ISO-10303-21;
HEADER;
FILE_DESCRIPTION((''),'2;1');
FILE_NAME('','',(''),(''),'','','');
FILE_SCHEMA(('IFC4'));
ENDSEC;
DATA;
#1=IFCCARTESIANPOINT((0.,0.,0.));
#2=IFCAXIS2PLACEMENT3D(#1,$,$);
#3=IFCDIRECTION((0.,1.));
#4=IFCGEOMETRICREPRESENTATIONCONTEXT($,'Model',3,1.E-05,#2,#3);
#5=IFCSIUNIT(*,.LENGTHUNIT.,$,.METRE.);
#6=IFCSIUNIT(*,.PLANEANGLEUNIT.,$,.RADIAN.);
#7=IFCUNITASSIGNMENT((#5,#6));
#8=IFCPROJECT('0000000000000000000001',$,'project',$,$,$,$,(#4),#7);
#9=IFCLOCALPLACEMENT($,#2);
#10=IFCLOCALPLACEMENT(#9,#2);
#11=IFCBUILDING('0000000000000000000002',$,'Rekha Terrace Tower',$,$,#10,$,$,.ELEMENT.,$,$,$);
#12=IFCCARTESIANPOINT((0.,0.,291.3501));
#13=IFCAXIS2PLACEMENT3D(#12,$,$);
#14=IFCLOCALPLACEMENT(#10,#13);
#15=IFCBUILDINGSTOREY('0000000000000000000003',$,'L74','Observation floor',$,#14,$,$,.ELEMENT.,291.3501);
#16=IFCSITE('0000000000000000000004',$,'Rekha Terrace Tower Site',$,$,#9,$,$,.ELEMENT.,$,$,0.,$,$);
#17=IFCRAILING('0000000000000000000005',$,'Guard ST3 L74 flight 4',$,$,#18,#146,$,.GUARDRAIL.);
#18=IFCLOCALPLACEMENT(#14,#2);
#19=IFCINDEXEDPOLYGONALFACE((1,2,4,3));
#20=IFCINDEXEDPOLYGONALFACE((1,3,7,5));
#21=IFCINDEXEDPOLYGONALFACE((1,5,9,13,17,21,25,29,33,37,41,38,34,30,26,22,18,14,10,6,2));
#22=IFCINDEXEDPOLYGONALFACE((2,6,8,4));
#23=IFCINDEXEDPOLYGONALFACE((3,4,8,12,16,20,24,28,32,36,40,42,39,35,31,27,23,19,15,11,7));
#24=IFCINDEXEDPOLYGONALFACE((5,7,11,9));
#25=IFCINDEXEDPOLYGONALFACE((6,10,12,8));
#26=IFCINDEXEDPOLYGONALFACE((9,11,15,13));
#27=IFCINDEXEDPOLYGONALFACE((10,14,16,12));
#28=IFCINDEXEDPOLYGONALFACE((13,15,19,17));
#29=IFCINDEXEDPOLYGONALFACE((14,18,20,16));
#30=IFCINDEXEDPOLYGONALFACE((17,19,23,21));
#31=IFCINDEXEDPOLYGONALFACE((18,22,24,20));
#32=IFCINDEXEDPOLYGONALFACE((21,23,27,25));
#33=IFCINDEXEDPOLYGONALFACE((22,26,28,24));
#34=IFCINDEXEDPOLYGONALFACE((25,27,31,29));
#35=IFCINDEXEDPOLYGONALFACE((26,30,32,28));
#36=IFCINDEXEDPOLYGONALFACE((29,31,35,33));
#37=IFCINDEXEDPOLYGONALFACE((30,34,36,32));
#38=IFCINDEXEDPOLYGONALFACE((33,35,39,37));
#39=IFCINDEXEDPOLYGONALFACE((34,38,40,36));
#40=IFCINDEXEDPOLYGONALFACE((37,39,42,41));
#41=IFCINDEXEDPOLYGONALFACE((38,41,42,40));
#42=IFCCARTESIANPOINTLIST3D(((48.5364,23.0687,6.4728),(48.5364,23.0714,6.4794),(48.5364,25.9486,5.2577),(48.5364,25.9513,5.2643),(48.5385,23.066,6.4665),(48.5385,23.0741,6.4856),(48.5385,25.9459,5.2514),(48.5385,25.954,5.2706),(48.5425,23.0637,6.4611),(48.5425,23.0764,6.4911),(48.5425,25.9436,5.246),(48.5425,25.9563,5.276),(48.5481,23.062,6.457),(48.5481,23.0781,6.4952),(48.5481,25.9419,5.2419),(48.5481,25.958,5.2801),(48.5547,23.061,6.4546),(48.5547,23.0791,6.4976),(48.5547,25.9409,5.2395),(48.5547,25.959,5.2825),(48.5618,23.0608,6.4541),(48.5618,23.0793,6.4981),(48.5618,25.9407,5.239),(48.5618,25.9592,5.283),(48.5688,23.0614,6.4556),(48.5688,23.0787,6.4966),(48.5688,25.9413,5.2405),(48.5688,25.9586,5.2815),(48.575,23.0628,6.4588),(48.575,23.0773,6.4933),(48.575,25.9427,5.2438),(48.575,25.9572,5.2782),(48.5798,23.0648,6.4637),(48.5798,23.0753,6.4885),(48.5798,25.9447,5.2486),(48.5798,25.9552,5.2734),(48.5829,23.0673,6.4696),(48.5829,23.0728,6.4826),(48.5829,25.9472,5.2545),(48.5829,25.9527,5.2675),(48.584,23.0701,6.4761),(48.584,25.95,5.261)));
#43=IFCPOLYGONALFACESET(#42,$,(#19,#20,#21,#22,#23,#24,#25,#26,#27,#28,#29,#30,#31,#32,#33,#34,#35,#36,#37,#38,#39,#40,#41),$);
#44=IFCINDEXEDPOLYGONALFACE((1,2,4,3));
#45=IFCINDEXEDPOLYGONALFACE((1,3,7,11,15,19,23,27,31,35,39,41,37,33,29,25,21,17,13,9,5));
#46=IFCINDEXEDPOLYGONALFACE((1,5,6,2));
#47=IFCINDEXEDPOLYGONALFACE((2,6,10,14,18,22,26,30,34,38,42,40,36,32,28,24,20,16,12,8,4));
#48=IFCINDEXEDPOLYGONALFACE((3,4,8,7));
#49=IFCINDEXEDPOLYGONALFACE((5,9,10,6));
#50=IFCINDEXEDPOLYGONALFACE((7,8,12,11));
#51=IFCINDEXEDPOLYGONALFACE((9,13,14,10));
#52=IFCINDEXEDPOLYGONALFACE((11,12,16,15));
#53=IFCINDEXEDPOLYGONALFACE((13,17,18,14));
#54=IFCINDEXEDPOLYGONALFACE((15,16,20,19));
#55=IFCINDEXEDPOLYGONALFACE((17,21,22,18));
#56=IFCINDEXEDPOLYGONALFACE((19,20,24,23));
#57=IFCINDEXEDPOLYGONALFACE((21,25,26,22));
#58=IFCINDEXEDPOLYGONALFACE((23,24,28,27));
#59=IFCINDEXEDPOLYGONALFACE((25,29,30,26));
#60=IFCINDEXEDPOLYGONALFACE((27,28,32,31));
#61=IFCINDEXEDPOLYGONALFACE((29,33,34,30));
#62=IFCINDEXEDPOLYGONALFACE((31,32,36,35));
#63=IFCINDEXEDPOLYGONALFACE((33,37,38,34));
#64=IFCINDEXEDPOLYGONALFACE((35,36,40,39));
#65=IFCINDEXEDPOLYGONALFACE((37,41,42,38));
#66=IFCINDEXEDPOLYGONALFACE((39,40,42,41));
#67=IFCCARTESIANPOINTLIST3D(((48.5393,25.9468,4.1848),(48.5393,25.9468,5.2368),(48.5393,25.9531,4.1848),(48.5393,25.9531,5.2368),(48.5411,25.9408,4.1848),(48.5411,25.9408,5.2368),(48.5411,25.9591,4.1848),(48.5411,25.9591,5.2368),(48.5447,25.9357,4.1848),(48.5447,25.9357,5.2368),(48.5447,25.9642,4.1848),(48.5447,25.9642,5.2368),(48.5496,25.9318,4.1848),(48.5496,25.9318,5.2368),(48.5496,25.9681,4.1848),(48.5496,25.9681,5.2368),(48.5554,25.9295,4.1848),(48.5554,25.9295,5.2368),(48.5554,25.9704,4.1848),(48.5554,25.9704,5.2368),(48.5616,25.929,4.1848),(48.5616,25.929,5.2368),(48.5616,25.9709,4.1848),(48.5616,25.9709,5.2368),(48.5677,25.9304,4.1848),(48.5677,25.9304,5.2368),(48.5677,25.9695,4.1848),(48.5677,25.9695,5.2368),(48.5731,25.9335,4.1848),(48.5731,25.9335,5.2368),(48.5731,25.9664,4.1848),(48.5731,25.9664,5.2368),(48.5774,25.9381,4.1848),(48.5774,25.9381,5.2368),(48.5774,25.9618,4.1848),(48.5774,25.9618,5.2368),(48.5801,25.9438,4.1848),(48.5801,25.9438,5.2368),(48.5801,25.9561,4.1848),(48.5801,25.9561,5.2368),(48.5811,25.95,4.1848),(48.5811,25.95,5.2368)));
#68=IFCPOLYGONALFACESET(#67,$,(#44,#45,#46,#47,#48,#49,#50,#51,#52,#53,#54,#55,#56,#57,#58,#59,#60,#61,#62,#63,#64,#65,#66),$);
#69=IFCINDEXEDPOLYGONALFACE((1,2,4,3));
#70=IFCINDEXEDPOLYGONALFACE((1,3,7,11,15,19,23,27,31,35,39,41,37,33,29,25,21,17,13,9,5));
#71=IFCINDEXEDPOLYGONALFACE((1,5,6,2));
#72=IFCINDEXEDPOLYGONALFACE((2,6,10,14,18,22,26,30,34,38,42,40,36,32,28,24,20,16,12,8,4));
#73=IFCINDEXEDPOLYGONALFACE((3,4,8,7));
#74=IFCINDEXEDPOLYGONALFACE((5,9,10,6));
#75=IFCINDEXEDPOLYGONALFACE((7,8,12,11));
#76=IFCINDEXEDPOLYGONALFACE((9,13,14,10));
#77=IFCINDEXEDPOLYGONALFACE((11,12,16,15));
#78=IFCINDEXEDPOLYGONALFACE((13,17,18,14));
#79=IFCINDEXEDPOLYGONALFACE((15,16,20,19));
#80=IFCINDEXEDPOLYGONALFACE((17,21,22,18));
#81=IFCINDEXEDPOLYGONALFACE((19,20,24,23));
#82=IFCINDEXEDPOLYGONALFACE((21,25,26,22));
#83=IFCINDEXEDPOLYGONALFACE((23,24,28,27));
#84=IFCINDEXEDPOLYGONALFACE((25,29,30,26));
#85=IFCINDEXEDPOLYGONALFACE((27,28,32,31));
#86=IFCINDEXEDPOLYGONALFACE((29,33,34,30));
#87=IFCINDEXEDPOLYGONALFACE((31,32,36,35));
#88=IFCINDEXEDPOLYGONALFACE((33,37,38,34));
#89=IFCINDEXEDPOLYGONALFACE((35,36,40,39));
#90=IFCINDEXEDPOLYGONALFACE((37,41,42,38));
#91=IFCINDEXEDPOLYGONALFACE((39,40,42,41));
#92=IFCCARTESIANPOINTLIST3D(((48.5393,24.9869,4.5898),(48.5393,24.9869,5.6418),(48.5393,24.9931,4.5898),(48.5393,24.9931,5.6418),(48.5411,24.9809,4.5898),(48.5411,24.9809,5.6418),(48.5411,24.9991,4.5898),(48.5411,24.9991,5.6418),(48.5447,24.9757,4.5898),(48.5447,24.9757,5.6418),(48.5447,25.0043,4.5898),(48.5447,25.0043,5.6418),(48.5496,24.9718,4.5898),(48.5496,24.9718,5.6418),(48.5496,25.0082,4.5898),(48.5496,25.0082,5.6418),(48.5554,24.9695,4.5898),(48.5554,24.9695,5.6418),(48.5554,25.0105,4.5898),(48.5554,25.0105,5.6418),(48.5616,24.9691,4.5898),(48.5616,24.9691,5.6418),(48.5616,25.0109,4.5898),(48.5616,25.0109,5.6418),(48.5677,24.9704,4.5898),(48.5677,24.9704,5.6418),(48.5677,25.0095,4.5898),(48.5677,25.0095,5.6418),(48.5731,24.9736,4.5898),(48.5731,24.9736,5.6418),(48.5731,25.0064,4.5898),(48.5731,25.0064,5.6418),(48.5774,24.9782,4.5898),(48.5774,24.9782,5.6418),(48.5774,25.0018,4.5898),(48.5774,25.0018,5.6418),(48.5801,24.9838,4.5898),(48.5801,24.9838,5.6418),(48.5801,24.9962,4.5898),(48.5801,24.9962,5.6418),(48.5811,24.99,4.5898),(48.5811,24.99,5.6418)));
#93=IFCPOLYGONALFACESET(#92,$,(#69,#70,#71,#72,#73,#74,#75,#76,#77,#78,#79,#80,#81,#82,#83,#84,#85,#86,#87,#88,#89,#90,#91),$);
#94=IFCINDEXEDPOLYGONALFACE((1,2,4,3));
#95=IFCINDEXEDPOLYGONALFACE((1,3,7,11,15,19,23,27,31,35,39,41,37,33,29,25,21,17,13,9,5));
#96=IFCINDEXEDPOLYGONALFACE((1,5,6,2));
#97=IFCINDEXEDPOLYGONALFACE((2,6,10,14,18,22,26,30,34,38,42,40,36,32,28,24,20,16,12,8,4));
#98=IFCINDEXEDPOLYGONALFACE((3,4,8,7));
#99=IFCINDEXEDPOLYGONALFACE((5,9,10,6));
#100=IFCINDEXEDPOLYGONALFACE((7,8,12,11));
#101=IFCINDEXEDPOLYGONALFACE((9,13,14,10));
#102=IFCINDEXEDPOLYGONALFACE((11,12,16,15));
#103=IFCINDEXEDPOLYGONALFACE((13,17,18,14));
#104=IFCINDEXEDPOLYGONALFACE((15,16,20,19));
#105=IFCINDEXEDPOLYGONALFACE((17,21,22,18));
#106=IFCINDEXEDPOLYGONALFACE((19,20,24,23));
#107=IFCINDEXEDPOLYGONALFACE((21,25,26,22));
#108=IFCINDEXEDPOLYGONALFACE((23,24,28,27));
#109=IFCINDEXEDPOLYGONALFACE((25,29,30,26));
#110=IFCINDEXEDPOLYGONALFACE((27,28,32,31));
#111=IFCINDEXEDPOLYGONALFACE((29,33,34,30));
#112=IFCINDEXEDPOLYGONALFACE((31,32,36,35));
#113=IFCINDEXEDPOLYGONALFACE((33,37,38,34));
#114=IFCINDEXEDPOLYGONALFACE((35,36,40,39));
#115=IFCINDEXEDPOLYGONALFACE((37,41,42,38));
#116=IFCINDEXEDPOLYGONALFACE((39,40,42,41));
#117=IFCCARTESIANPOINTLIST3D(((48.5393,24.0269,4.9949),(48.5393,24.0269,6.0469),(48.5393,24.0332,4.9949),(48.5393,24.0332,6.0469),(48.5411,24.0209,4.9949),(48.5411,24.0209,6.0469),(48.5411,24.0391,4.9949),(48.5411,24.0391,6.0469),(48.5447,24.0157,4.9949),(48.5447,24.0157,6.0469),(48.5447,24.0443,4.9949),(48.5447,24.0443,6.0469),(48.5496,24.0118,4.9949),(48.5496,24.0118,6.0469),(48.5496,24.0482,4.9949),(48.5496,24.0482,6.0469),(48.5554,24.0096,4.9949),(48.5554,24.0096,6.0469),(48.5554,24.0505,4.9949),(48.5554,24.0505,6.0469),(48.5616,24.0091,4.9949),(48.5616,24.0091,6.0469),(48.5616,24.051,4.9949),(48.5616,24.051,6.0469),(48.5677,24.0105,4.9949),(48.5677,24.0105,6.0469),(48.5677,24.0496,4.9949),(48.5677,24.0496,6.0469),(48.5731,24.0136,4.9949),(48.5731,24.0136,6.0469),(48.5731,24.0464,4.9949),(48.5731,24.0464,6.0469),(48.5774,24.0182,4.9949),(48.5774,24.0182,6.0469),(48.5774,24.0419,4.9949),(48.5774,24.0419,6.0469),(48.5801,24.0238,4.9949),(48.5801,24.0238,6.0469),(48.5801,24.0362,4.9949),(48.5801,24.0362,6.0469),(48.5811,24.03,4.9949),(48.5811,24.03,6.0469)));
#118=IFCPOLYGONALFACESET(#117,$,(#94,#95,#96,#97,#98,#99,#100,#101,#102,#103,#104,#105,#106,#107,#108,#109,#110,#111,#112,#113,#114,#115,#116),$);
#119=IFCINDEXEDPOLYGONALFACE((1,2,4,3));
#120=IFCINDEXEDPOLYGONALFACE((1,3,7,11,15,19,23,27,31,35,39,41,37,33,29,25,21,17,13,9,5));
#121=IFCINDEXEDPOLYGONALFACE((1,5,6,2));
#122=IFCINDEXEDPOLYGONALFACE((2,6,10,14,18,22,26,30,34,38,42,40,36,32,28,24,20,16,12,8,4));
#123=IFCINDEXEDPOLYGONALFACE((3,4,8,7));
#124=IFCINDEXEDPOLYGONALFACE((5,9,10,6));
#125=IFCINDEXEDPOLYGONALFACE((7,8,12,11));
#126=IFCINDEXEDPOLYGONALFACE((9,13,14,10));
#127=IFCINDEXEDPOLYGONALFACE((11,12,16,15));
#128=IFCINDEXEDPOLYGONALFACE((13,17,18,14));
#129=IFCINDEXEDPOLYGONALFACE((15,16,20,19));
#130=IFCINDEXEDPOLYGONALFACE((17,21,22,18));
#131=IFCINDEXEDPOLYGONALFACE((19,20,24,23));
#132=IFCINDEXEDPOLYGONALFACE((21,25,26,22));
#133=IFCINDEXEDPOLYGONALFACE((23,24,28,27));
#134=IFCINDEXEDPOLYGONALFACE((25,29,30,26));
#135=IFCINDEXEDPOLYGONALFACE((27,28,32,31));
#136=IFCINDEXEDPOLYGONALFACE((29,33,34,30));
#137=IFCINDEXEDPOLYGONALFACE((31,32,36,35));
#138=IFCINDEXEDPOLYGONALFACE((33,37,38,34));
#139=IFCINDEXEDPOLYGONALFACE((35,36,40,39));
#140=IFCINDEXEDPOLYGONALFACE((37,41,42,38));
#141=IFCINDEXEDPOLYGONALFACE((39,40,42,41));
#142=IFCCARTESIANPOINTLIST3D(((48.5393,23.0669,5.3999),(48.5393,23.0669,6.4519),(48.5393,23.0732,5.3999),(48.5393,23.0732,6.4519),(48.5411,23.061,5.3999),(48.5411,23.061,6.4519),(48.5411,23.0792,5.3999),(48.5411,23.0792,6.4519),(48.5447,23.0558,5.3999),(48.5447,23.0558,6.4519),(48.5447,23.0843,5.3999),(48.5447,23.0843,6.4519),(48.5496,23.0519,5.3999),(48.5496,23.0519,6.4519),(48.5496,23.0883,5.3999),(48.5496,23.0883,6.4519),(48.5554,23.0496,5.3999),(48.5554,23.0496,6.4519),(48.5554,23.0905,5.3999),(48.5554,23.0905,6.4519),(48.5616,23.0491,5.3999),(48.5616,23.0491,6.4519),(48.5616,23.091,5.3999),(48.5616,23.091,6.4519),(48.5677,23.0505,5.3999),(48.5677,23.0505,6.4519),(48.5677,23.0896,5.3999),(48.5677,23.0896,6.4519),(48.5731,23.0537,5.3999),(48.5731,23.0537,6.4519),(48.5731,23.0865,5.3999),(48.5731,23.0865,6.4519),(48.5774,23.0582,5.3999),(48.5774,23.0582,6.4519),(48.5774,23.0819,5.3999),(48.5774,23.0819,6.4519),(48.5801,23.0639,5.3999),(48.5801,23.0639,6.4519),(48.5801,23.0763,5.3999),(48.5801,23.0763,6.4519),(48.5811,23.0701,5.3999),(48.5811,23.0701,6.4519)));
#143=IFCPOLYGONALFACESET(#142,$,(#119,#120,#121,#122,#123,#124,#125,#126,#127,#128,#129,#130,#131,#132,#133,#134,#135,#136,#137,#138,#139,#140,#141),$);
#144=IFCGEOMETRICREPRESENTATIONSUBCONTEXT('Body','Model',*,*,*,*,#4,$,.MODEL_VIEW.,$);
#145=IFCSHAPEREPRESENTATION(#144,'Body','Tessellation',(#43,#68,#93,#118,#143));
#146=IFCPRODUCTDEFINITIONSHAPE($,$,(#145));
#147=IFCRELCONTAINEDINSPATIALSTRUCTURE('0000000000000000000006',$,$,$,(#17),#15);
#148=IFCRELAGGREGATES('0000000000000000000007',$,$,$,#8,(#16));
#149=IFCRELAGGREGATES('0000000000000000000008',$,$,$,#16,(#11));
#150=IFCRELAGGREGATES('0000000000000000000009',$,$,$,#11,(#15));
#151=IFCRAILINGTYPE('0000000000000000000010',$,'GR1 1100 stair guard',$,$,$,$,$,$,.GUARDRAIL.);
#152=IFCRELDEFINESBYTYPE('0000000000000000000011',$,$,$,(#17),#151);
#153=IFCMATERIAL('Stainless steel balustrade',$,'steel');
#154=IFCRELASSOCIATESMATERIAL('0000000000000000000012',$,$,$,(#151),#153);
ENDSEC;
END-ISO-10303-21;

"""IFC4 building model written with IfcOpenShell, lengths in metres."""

from ifc_helpers import new_model, si_unit, direction, frame, origin, origin_2d, place, context, subcontext, project, spatial, circle, extrude, material, type_object, element, save


model = new_model("IFC4")

# Units and contexts
model_context = context("Model", 3, precision=1e-05, world=origin(), true_north=direction((0.0, 1.0)))
body_context = subcontext(model_context, "Body", "Model", "MODEL_VIEW")
ifc_project = project(units=[si_unit("LENGTHUNIT", "METRE"), si_unit("PLANEANGLEUNIT", "RADIAN")], contexts=[model_context])

# Site, building, storey
site_placement = place(None, origin())
site = spatial("IfcSite", under=ifc_project, at=site_placement, Name="Rekha Terrace Tower Site", CompositionType="ELEMENT", RefElevation=0.0)
building_placement = place(site_placement, origin())
building = spatial("IfcBuilding", under=site, at=building_placement, Name="Rekha Terrace Tower", CompositionType="ELEMENT")
storey_placement = place(building_placement, frame((0.0, 0.0, 291.3501)))
storey = spatial("IfcBuildingStorey", under=building, at=storey_placement, Name="L74", Description="Observation floor", CompositionType="ELEMENT", Elevation=291.3501)

# Railing
ifc_material_1 = material(Name="Stainless steel balustrade", Category="steel")
railing_type_1 = type_object("IfcRailingType", Name="GR1 1100 stair guard", PredefinedType="GUARDRAIL", material=ifc_material_1)
railing_1_placement = place(storey_placement, frame((48.5601, 25.95, 4.1848)))
element("IfcRailing", 1, at=railing_1_placement, inside=storey, type_object=railing_type_1, Name="Guard ST3 L74 flight 4", PredefinedType="GUARDRAIL", context=body_context, shape_type="SweptSolid", body=[
    extrude(circle(Radius=0.0239, at=origin_2d()), frame((0.0, 0.0, 1.0762), z_axis=(0.0, -0.921348, 0.388738), x_axis=(1.0, 0.0, 0.0)), (0.0, 0.0, 1.0), 3.1257),
    extrude(circle(Radius=0.021, at=origin_2d()), origin(), (0.0, 0.0, 1.0), 1.052),
    extrude(circle(Radius=0.021, at=origin_2d()), frame((0.0, -0.96, 0.405)), (0.0, 0.0, 1.0), 1.052),
    extrude(circle(Radius=0.021, at=origin_2d()), frame((0.0, -1.9199, 0.8101)), (0.0, 0.0, 1.0), 1.052),
    extrude(circle(Radius=0.021, at=origin_2d()), frame((0.0, -2.8799, 1.2151)), (0.0, 0.0, 1.0), 1.052),
])

save(model, "model.ifc")
